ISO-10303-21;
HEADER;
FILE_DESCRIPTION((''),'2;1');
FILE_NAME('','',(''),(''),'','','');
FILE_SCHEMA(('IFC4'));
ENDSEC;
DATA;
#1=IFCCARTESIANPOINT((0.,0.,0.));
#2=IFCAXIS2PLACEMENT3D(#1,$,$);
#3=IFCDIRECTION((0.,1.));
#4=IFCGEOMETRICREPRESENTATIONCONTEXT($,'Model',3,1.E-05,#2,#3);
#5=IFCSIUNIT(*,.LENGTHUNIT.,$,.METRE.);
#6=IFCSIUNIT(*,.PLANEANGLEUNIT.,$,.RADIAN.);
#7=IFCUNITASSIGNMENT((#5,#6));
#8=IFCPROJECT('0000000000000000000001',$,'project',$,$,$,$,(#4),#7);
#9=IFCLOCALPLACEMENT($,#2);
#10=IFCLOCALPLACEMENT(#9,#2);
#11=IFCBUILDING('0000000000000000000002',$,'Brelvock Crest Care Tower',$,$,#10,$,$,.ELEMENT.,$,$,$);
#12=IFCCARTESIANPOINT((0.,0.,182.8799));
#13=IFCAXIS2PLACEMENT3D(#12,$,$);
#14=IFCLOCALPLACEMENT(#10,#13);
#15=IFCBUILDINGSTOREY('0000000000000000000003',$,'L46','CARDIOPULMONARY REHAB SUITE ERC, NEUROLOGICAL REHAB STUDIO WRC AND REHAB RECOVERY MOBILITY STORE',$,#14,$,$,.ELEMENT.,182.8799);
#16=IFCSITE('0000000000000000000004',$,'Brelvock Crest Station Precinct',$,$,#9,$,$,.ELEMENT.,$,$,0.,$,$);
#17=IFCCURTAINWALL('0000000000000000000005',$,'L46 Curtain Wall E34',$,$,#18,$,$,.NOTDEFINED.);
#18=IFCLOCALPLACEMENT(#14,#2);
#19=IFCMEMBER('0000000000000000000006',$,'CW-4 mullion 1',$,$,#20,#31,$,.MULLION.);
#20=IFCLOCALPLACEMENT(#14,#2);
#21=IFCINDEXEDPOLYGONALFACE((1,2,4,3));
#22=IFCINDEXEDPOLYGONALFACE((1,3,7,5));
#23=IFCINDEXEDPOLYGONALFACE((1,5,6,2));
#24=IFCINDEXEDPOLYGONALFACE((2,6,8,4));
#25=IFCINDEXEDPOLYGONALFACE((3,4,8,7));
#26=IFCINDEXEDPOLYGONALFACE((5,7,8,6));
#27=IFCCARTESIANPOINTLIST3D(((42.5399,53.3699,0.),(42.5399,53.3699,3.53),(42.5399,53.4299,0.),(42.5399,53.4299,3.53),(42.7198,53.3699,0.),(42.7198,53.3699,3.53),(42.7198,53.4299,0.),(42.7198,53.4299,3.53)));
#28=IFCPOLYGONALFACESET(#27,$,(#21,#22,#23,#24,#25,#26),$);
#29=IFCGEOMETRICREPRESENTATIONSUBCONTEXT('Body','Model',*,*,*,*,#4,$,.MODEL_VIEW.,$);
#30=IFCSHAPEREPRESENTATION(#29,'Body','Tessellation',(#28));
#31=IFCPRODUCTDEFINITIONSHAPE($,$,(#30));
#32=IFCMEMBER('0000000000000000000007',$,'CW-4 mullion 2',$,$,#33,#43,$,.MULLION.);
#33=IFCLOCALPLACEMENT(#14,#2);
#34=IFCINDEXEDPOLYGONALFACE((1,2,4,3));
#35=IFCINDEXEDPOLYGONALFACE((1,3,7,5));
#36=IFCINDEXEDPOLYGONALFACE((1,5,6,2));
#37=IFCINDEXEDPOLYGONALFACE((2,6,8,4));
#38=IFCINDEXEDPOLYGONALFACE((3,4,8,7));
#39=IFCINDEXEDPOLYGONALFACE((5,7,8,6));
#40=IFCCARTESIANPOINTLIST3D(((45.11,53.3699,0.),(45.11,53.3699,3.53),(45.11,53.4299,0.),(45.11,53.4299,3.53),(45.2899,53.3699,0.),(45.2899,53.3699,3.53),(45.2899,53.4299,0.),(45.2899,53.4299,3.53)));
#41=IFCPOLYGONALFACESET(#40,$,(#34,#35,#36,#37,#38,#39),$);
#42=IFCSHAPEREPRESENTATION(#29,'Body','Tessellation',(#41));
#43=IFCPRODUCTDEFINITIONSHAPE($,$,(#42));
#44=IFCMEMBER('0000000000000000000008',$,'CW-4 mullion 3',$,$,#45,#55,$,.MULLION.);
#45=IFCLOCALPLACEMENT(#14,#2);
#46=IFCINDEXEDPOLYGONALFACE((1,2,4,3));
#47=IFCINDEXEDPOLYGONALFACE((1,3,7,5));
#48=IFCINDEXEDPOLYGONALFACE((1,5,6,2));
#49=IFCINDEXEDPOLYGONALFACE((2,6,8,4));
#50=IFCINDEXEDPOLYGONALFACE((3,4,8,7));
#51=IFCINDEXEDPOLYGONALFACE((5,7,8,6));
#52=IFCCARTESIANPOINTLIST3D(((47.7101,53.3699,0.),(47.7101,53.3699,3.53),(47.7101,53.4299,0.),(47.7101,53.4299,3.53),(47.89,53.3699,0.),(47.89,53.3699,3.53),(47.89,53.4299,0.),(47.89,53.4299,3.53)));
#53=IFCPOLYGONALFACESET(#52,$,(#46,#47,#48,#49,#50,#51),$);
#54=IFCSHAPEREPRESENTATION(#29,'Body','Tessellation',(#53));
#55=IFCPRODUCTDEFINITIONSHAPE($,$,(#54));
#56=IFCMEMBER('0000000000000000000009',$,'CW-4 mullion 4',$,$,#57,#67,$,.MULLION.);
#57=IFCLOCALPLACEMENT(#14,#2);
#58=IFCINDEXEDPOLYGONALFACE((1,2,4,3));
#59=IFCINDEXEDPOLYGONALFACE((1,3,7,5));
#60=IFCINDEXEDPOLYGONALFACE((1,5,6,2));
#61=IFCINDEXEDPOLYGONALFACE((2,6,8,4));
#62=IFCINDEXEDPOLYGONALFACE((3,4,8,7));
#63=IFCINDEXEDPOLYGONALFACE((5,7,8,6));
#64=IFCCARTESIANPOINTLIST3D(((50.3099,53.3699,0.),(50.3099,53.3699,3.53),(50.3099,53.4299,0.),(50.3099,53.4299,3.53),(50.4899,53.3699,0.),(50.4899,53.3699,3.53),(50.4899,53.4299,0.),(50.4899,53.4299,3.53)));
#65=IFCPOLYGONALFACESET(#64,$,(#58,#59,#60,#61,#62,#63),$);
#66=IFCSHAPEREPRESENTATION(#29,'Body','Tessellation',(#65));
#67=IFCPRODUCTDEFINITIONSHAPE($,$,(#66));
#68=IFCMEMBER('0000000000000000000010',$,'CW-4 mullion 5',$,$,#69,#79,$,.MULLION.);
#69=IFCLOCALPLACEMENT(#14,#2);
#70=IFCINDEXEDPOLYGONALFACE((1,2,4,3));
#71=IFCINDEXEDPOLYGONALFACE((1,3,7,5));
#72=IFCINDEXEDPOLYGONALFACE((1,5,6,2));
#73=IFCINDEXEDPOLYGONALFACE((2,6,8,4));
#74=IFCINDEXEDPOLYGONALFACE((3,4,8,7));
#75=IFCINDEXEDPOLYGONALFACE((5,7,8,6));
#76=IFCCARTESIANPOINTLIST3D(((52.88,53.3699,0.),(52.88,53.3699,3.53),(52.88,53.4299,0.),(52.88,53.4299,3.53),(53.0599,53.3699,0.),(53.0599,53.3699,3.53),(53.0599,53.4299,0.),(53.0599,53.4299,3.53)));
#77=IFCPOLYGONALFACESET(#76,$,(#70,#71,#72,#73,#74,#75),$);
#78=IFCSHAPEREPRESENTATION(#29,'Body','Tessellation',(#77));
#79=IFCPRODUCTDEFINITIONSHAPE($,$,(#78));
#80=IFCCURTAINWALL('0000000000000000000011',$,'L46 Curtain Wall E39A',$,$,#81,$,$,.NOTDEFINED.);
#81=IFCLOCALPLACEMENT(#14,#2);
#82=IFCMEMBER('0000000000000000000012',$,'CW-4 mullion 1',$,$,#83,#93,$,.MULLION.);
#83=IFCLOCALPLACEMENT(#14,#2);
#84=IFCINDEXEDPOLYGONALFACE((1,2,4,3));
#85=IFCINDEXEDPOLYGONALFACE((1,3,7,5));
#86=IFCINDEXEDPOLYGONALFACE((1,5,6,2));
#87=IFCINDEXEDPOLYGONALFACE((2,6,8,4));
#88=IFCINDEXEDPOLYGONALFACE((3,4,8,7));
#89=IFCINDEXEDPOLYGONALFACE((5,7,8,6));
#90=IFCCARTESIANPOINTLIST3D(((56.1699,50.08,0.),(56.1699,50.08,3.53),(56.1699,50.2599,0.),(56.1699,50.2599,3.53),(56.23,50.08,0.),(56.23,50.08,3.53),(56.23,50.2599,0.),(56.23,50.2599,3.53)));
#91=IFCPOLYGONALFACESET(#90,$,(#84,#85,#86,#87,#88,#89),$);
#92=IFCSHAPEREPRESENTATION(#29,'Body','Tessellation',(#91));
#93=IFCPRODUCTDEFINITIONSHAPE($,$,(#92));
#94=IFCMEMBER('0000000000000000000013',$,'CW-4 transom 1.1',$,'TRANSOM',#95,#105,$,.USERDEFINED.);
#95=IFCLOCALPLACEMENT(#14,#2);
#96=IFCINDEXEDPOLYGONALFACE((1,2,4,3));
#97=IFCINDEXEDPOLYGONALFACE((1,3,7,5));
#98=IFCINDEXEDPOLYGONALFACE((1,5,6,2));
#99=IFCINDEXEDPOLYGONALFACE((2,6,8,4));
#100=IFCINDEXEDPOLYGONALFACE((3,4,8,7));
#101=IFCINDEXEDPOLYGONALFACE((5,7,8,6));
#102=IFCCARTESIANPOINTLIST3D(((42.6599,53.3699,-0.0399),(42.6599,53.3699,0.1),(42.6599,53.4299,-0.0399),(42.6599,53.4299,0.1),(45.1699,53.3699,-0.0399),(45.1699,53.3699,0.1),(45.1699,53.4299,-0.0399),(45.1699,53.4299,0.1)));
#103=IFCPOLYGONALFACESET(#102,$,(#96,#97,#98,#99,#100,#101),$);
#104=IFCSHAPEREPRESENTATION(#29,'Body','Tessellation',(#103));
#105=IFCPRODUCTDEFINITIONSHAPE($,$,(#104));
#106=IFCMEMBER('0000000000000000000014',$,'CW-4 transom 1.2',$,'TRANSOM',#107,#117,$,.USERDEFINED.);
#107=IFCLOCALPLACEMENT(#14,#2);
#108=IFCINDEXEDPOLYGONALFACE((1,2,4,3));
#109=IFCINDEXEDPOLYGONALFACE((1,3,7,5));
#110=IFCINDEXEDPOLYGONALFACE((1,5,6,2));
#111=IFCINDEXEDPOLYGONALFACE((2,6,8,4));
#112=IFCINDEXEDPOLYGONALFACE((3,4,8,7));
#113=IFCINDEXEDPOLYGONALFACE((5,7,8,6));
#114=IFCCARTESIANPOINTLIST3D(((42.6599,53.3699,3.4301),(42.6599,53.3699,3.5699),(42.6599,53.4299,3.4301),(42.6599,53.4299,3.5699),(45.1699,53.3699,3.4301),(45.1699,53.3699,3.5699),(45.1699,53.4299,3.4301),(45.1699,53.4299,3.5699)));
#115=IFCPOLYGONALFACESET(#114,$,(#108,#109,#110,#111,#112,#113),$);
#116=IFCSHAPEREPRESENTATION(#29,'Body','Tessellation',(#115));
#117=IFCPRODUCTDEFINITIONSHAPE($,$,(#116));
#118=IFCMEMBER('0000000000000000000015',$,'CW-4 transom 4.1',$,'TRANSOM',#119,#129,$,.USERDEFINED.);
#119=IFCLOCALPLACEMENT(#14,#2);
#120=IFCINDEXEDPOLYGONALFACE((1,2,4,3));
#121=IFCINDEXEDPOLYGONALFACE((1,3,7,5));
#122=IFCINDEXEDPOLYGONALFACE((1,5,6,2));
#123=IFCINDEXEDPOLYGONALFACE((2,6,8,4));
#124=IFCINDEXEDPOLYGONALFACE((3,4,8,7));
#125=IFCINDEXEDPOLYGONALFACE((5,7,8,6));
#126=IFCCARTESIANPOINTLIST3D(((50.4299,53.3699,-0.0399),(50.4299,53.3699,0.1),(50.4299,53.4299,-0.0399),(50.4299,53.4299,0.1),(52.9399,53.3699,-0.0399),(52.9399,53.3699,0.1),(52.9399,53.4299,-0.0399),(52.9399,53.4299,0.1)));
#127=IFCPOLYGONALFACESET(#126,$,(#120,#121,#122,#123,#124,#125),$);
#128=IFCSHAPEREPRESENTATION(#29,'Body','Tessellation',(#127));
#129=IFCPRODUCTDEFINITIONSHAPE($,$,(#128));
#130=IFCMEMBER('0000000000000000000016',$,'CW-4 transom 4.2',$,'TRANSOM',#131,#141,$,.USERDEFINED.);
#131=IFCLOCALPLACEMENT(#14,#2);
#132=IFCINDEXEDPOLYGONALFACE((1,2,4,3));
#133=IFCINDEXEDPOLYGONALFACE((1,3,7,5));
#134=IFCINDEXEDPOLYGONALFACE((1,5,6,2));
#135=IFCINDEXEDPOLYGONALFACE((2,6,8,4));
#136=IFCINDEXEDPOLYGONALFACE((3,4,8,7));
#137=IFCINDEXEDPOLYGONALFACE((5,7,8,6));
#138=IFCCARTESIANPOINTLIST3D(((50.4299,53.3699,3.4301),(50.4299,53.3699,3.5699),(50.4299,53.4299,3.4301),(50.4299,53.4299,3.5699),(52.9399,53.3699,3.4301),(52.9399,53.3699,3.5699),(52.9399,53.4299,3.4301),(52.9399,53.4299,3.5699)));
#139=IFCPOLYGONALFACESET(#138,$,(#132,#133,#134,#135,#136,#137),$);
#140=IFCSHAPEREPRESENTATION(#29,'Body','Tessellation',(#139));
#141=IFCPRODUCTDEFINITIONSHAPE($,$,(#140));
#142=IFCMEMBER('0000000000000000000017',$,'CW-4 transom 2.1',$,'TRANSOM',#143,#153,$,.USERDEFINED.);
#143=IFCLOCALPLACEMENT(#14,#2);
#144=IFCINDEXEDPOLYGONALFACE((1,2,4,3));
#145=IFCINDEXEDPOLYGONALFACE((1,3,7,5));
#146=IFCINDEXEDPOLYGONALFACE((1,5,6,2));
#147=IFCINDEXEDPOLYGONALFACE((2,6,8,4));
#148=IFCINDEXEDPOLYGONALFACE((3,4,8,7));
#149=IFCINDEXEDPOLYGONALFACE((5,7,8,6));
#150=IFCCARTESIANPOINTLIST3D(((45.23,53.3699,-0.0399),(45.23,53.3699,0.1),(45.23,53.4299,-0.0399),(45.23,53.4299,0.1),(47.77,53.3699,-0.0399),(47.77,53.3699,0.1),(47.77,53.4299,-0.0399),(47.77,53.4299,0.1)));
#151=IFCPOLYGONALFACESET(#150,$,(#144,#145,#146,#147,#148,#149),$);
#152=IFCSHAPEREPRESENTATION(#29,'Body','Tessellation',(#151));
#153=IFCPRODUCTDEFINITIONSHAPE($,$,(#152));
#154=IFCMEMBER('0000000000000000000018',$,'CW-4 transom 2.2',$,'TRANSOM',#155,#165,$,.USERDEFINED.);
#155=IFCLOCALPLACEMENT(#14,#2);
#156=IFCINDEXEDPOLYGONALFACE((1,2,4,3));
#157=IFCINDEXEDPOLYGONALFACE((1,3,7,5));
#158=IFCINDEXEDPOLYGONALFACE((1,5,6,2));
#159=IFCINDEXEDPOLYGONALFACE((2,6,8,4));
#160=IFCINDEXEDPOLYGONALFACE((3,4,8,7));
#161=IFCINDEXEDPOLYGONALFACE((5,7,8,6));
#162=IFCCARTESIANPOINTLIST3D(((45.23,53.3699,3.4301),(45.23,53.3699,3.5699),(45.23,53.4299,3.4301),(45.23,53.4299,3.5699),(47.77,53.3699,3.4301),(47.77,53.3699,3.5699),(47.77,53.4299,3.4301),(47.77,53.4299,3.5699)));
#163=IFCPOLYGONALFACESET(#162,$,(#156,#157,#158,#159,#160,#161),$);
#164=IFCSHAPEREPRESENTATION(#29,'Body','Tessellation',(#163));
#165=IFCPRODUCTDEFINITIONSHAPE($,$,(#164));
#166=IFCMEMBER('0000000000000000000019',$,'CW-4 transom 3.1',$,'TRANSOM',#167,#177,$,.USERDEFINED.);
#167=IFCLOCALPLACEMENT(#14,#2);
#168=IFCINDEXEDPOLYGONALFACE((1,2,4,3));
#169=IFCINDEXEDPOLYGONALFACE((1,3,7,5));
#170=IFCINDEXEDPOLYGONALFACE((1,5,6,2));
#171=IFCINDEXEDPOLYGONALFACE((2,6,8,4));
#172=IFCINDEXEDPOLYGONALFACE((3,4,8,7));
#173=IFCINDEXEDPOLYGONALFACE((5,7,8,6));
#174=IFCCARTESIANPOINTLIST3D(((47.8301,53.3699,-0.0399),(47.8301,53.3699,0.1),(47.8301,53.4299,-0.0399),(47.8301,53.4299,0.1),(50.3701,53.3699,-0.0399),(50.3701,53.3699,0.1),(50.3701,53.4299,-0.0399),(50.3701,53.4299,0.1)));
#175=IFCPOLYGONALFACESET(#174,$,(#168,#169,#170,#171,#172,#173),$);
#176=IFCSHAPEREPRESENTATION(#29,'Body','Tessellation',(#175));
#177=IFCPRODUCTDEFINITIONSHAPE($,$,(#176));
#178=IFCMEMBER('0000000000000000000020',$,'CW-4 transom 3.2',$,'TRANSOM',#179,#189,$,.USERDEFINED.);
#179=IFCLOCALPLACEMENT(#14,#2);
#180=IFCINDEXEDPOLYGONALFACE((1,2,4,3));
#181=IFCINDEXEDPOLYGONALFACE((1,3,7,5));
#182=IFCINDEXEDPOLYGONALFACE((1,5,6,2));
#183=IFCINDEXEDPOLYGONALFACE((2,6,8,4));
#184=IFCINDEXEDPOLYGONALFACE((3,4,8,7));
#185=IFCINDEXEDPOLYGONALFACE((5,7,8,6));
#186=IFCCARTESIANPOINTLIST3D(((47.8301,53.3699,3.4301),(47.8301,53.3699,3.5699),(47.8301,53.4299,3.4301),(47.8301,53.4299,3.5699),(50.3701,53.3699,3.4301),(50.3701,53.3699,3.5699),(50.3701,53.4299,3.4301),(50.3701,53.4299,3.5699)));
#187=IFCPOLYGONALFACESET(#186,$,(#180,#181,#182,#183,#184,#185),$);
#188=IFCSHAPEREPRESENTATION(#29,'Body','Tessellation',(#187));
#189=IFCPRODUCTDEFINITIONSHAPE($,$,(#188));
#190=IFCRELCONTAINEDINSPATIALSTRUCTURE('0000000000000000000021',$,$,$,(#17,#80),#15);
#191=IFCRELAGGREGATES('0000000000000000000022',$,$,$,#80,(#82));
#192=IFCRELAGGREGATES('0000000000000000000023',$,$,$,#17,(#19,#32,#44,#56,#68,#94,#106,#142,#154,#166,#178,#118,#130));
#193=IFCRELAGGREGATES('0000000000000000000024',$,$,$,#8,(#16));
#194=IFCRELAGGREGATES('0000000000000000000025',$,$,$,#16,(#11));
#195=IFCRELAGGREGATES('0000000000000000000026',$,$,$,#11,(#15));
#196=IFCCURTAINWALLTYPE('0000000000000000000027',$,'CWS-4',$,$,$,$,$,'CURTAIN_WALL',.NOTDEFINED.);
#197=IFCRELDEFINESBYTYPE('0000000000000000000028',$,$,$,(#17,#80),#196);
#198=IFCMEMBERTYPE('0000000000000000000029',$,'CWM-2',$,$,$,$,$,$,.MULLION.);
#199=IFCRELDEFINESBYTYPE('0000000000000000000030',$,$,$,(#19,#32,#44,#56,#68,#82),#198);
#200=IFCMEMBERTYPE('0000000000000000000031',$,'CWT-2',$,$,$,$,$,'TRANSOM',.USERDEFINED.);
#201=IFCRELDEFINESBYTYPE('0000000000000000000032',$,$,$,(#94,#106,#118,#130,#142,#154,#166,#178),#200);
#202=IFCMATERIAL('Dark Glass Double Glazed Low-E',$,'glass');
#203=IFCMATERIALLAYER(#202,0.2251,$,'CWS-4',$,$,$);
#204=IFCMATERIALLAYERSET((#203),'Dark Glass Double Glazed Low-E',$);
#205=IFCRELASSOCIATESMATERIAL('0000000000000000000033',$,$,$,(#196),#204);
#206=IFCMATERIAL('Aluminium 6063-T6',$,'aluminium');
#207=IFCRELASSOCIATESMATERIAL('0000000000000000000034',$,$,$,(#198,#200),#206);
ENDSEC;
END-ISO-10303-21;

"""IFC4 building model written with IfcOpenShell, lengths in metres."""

from ifc_helpers import new_model, si_unit, direction, frame, origin, origin_2d, place, context, subcontext, project, spatial, rectangle, extrude, source, transform, mapped, material, layer, layer_set, material_profile, profile_set, type_object, element, aggregate, save


model = new_model("IFC4")

# Units and contexts
model_context = context("Model", 3, precision=1e-05, world=origin(), true_north=direction((0.0, 1.0)))
body_context = subcontext(model_context, "Body", "Model", "MODEL_VIEW")
ifc_project = project(units=[si_unit("LENGTHUNIT", "METRE"), si_unit("PLANEANGLEUNIT", "RADIAN")], contexts=[model_context])

# Site, building, storey
site_placement = place(None, origin())
site = spatial("IfcSite", under=ifc_project, at=site_placement, Name="Brelvock Crest Station Precinct", CompositionType="ELEMENT", RefElevation=0.0)
building_placement = place(site_placement, origin())
building = spatial("IfcBuilding", under=site, at=building_placement, Name="Brelvock Crest Care Tower", CompositionType="ELEMENT")
storey_placement = place(building_placement, frame((0.0, 0.0, 182.8799)))
storey = spatial("IfcBuildingStorey", under=building, at=storey_placement, Name="L46", Description="CARDIOPULMONARY REHAB SUITE ERC, NEUROLOGICAL REHAB STUDIO WRC AND REHAB RECOVERY MOBILITY STORE", CompositionType="ELEMENT", Elevation=182.8799)

# Curtain wall, members
ifc_material_1 = material(Name="Dark Glass Double Glazed Low-E", Category="glass")
ifc_layer_1 = layer(ifc_material_1, 0.2251, Name="CWS-4")
ifc_layer_set_1 = layer_set([ifc_layer_1], Name="Dark Glass Double Glazed Low-E")
curtain_wall_type = type_object("IfcCurtainWallType", Name="CWS-4", ElementType="CURTAIN_WALL", PredefinedType="NOTDEFINED", material=ifc_layer_set_1)
curtain_wall_1_placement = place(storey_placement, origin())
curtain_wall_1 = element("IfcCurtainWall", 1, at=curtain_wall_1_placement, inside=storey, type_object=curtain_wall_type, Name="L46 Curtain Wall E34", PredefinedType="NOTDEFINED")
ifc_material_2 = material(Name="Aluminium 6063-T6", Category="aluminium")
ifc_material_profile_1 = material_profile(ifc_material_2, rectangle(XDim=0.0601, YDim=0.1799, at=origin_2d()), Name="ALU60x180")
ifc_profile_set_1 = profile_set([ifc_material_profile_1], Name="Aluminium 6063-T6")
member_type_1 = type_object("IfcMemberType", Name="CWM-2", PredefinedType="MULLION", material=ifc_profile_set_1)
shared_shape_1 = source(origin(), body_context, "Body", "SweptSolid", [
    extrude(rectangle(XDim=0.0601, YDim=0.1799, at=origin_2d()), origin(), (0.0, 0.0, 1.0), 3.53),
])
member_1_placement = place(storey_placement, frame((42.6299, 53.3999, 0.0), z_axis=(0.0, 0.0, 1.0), x_axis=(0.0, 1.0, 0.0)))
member_1 = element("IfcMember", 2, at=member_1_placement, type_object=member_type_1, Name="CW-4 mullion 1", PredefinedType="MULLION", context=body_context, shape_type="MappedRepresentation", body=[
    mapped(shared_shape_1, transform((0.0, 0.0, 0.0), x_axis=(1.0, 0.0, 0.0), y_axis=(0.0, 1.0, 0.0), z_axis=(0.0, 0.0, 1.0), scale=1.0)),
])
member_2_placement = place(storey_placement, frame((45.2, 53.3999, 0.0), z_axis=(0.0, 0.0, 1.0), x_axis=(0.0, 1.0, 0.0)))
member_2 = element("IfcMember", 3, at=member_2_placement, type_object=member_type_1, Name="CW-4 mullion 2", PredefinedType="MULLION", context=body_context, shape_type="MappedRepresentation", body=[
    mapped(shared_shape_1, transform((0.0, 0.0, 0.0), x_axis=(1.0, 0.0, 0.0), y_axis=(0.0, 1.0, 0.0), z_axis=(0.0, 0.0, 1.0), scale=1.0)),
])
member_3_placement = place(storey_placement, frame((47.8, 53.3999, 0.0), z_axis=(0.0, 0.0, 1.0), x_axis=(0.0, 1.0, 0.0)))
member_3 = element("IfcMember", 4, at=member_3_placement, type_object=member_type_1, Name="CW-4 mullion 3", PredefinedType="MULLION", context=body_context, shape_type="MappedRepresentation", body=[
    mapped(shared_shape_1, transform((0.0, 0.0, 0.0), x_axis=(1.0, 0.0, 0.0), y_axis=(0.0, 1.0, 0.0), z_axis=(0.0, 0.0, 1.0), scale=1.0)),
])
member_4_placement = place(storey_placement, frame((50.3999, 53.3999, 0.0), z_axis=(0.0, 0.0, 1.0), x_axis=(0.0, 1.0, 0.0)))
member_4 = element("IfcMember", 5, at=member_4_placement, type_object=member_type_1, Name="CW-4 mullion 4", PredefinedType="MULLION", context=body_context, shape_type="MappedRepresentation", body=[
    mapped(shared_shape_1, transform((0.0, 0.0, 0.0), x_axis=(1.0, 0.0, 0.0), y_axis=(0.0, 1.0, 0.0), z_axis=(0.0, 0.0, 1.0), scale=1.0)),
])
member_5_placement = place(storey_placement, frame((52.97, 53.3999, 0.0), z_axis=(0.0, 0.0, 1.0), x_axis=(0.0, 1.0, 0.0)))
member_5 = element("IfcMember", 6, at=member_5_placement, type_object=member_type_1, Name="CW-4 mullion 5", PredefinedType="MULLION", context=body_context, shape_type="MappedRepresentation", body=[
    mapped(shared_shape_1, transform((0.0, 0.0, 0.0), x_axis=(1.0, 0.0, 0.0), y_axis=(0.0, 1.0, 0.0), z_axis=(0.0, 0.0, 1.0), scale=1.0)),
])

# Curtain wall, member
curtain_wall_2_placement = place(storey_placement, origin())
curtain_wall_2 = element("IfcCurtainWall", 7, at=curtain_wall_2_placement, inside=storey, type_object=curtain_wall_type, Name="L46 Curtain Wall E39A", PredefinedType="NOTDEFINED")
member_6_placement = place(storey_placement, frame((56.2, 50.1699, 0.0), z_axis=(0.0, 0.0, 1.0), x_axis=(1.0, 0.0, 0.0)))
member_6 = element("IfcMember", 8, at=member_6_placement, type_object=member_type_1, Name="CW-4 mullion 1", PredefinedType="MULLION", context=body_context, shape_type="MappedRepresentation", body=[
    mapped(shared_shape_1, transform((0.0, 0.0, 0.0), x_axis=(1.0, 0.0, 0.0), y_axis=(0.0, 1.0, 0.0), z_axis=(0.0, 0.0, 1.0), scale=1.0)),
])
aggregate(curtain_wall_2, [member_6])

# Members
ifc_material_profile_2 = material_profile(ifc_material_2, rectangle(XDim=0.0601, YDim=0.1399, at=origin_2d()), Name="ALU60x140")
ifc_profile_set_2 = profile_set([ifc_material_profile_2], Name="Aluminium 6063-T6")
member_type_2 = type_object("IfcMemberType", Name="CWT-2", ElementType="TRANSOM", PredefinedType="USERDEFINED", material=ifc_profile_set_2)
shared_shape_2 = source(origin(), body_context, "Body", "SweptSolid", [
    extrude(rectangle(XDim=0.0601, YDim=0.1399, at=origin_2d()), origin(), (0.0, 0.0, 1.0), 2.51),
])
member_7_placement = place(storey_placement, frame((42.6599, 53.3999, 0.03), z_axis=(1.0, 0.0, 0.0), x_axis=(0.0, 1.0, 0.0)))
member_7 = element("IfcMember", 9, at=member_7_placement, type_object=member_type_2, Name="CW-4 transom 1.1", ObjectType="TRANSOM", PredefinedType="USERDEFINED", context=body_context, shape_type="MappedRepresentation", body=[
    mapped(shared_shape_2, transform((0.0, 0.0, 0.0), x_axis=(1.0, 0.0, 0.0), y_axis=(0.0, 1.0, 0.0), z_axis=(0.0, 0.0, 1.0), scale=1.0)),
])
member_8_placement = place(storey_placement, frame((42.6599, 53.3999, 3.5), z_axis=(1.0, 0.0, 0.0), x_axis=(0.0, 1.0, 0.0)))
member_8 = element("IfcMember", 10, at=member_8_placement, type_object=member_type_2, Name="CW-4 transom 1.2", ObjectType="TRANSOM", PredefinedType="USERDEFINED", context=body_context, shape_type="MappedRepresentation", body=[
    mapped(shared_shape_2, transform((0.0, 0.0, 0.0), x_axis=(1.0, 0.0, 0.0), y_axis=(0.0, 1.0, 0.0), z_axis=(0.0, 0.0, 1.0), scale=1.0)),
])
member_9_placement = place(storey_placement, frame((50.4299, 53.3999, 0.03), z_axis=(1.0, 0.0, 0.0), x_axis=(0.0, 1.0, 0.0)))
member_9 = element("IfcMember", 11, at=member_9_placement, type_object=member_type_2, Name="CW-4 transom 4.1", ObjectType="TRANSOM", PredefinedType="USERDEFINED", context=body_context, shape_type="MappedRepresentation", body=[
    mapped(shared_shape_2, transform((0.0, 0.0, 0.0), x_axis=(1.0, 0.0, 0.0), y_axis=(0.0, 1.0, 0.0), z_axis=(0.0, 0.0, 1.0), scale=1.0)),
])
member_10_placement = place(storey_placement, frame((50.4299, 53.3999, 3.5), z_axis=(1.0, 0.0, 0.0), x_axis=(0.0, 1.0, 0.0)))
member_10 = element("IfcMember", 12, at=member_10_placement, type_object=member_type_2, Name="CW-4 transom 4.2", ObjectType="TRANSOM", PredefinedType="USERDEFINED", context=body_context, shape_type="MappedRepresentation", body=[
    mapped(shared_shape_2, transform((0.0, 0.0, 0.0), x_axis=(1.0, 0.0, 0.0), y_axis=(0.0, 1.0, 0.0), z_axis=(0.0, 0.0, 1.0), scale=1.0)),
])
shared_shape_3 = source(origin(), body_context, "Body", "SweptSolid", [
    extrude(rectangle(XDim=0.0601, YDim=0.1399, at=origin_2d()), origin(), (0.0, 0.0, 1.0), 2.54),
])
member_11_placement = place(storey_placement, frame((45.23, 53.3999, 0.03), z_axis=(1.0, 0.0, 0.0), x_axis=(0.0, 1.0, 0.0)))
member_11 = element("IfcMember", 13, at=member_11_placement, type_object=member_type_2, Name="CW-4 transom 2.1", ObjectType="TRANSOM", PredefinedType="USERDEFINED", context=body_context, shape_type="MappedRepresentation", body=[
    mapped(shared_shape_3, transform((0.0, 0.0, 0.0), x_axis=(1.0, 0.0, 0.0), y_axis=(0.0, 1.0, 0.0), z_axis=(0.0, 0.0, 1.0), scale=1.0)),
])
member_12_placement = place(storey_placement, frame((45.23, 53.3999, 3.5), z_axis=(1.0, 0.0, 0.0), x_axis=(0.0, 1.0, 0.0)))
member_12 = element("IfcMember", 14, at=member_12_placement, type_object=member_type_2, Name="CW-4 transom 2.2", ObjectType="TRANSOM", PredefinedType="USERDEFINED", context=body_context, shape_type="MappedRepresentation", body=[
    mapped(shared_shape_3, transform((0.0, 0.0, 0.0), x_axis=(1.0, 0.0, 0.0), y_axis=(0.0, 1.0, 0.0), z_axis=(0.0, 0.0, 1.0), scale=1.0)),
])
member_13_placement = place(storey_placement, frame((47.8301, 53.3999, 0.03), z_axis=(1.0, 0.0, 0.0), x_axis=(0.0, 1.0, 0.0)))
member_13 = element("IfcMember", 15, at=member_13_placement, type_object=member_type_2, Name="CW-4 transom 3.1", ObjectType="TRANSOM", PredefinedType="USERDEFINED", context=body_context, shape_type="MappedRepresentation", body=[
    mapped(shared_shape_3, transform((0.0, 0.0, 0.0), x_axis=(1.0, 0.0, 0.0), y_axis=(0.0, 1.0, 0.0), z_axis=(0.0, 0.0, 1.0), scale=1.0)),
])
member_14_placement = place(storey_placement, frame((47.8301, 53.3999, 3.5), z_axis=(1.0, 0.0, 0.0), x_axis=(0.0, 1.0, 0.0)))
member_14 = element("IfcMember", 16, at=member_14_placement, type_object=member_type_2, Name="CW-4 transom 3.2", ObjectType="TRANSOM", PredefinedType="USERDEFINED", context=body_context, shape_type="MappedRepresentation", body=[
    mapped(shared_shape_3, transform((0.0, 0.0, 0.0), x_axis=(1.0, 0.0, 0.0), y_axis=(0.0, 1.0, 0.0), z_axis=(0.0, 0.0, 1.0), scale=1.0)),
])

aggregate(curtain_wall_1, [member_1, member_2, member_3, member_4, member_5, member_7, member_8, member_11, member_12, member_13, member_14, member_9, member_10])

save(model, "model.ifc")
